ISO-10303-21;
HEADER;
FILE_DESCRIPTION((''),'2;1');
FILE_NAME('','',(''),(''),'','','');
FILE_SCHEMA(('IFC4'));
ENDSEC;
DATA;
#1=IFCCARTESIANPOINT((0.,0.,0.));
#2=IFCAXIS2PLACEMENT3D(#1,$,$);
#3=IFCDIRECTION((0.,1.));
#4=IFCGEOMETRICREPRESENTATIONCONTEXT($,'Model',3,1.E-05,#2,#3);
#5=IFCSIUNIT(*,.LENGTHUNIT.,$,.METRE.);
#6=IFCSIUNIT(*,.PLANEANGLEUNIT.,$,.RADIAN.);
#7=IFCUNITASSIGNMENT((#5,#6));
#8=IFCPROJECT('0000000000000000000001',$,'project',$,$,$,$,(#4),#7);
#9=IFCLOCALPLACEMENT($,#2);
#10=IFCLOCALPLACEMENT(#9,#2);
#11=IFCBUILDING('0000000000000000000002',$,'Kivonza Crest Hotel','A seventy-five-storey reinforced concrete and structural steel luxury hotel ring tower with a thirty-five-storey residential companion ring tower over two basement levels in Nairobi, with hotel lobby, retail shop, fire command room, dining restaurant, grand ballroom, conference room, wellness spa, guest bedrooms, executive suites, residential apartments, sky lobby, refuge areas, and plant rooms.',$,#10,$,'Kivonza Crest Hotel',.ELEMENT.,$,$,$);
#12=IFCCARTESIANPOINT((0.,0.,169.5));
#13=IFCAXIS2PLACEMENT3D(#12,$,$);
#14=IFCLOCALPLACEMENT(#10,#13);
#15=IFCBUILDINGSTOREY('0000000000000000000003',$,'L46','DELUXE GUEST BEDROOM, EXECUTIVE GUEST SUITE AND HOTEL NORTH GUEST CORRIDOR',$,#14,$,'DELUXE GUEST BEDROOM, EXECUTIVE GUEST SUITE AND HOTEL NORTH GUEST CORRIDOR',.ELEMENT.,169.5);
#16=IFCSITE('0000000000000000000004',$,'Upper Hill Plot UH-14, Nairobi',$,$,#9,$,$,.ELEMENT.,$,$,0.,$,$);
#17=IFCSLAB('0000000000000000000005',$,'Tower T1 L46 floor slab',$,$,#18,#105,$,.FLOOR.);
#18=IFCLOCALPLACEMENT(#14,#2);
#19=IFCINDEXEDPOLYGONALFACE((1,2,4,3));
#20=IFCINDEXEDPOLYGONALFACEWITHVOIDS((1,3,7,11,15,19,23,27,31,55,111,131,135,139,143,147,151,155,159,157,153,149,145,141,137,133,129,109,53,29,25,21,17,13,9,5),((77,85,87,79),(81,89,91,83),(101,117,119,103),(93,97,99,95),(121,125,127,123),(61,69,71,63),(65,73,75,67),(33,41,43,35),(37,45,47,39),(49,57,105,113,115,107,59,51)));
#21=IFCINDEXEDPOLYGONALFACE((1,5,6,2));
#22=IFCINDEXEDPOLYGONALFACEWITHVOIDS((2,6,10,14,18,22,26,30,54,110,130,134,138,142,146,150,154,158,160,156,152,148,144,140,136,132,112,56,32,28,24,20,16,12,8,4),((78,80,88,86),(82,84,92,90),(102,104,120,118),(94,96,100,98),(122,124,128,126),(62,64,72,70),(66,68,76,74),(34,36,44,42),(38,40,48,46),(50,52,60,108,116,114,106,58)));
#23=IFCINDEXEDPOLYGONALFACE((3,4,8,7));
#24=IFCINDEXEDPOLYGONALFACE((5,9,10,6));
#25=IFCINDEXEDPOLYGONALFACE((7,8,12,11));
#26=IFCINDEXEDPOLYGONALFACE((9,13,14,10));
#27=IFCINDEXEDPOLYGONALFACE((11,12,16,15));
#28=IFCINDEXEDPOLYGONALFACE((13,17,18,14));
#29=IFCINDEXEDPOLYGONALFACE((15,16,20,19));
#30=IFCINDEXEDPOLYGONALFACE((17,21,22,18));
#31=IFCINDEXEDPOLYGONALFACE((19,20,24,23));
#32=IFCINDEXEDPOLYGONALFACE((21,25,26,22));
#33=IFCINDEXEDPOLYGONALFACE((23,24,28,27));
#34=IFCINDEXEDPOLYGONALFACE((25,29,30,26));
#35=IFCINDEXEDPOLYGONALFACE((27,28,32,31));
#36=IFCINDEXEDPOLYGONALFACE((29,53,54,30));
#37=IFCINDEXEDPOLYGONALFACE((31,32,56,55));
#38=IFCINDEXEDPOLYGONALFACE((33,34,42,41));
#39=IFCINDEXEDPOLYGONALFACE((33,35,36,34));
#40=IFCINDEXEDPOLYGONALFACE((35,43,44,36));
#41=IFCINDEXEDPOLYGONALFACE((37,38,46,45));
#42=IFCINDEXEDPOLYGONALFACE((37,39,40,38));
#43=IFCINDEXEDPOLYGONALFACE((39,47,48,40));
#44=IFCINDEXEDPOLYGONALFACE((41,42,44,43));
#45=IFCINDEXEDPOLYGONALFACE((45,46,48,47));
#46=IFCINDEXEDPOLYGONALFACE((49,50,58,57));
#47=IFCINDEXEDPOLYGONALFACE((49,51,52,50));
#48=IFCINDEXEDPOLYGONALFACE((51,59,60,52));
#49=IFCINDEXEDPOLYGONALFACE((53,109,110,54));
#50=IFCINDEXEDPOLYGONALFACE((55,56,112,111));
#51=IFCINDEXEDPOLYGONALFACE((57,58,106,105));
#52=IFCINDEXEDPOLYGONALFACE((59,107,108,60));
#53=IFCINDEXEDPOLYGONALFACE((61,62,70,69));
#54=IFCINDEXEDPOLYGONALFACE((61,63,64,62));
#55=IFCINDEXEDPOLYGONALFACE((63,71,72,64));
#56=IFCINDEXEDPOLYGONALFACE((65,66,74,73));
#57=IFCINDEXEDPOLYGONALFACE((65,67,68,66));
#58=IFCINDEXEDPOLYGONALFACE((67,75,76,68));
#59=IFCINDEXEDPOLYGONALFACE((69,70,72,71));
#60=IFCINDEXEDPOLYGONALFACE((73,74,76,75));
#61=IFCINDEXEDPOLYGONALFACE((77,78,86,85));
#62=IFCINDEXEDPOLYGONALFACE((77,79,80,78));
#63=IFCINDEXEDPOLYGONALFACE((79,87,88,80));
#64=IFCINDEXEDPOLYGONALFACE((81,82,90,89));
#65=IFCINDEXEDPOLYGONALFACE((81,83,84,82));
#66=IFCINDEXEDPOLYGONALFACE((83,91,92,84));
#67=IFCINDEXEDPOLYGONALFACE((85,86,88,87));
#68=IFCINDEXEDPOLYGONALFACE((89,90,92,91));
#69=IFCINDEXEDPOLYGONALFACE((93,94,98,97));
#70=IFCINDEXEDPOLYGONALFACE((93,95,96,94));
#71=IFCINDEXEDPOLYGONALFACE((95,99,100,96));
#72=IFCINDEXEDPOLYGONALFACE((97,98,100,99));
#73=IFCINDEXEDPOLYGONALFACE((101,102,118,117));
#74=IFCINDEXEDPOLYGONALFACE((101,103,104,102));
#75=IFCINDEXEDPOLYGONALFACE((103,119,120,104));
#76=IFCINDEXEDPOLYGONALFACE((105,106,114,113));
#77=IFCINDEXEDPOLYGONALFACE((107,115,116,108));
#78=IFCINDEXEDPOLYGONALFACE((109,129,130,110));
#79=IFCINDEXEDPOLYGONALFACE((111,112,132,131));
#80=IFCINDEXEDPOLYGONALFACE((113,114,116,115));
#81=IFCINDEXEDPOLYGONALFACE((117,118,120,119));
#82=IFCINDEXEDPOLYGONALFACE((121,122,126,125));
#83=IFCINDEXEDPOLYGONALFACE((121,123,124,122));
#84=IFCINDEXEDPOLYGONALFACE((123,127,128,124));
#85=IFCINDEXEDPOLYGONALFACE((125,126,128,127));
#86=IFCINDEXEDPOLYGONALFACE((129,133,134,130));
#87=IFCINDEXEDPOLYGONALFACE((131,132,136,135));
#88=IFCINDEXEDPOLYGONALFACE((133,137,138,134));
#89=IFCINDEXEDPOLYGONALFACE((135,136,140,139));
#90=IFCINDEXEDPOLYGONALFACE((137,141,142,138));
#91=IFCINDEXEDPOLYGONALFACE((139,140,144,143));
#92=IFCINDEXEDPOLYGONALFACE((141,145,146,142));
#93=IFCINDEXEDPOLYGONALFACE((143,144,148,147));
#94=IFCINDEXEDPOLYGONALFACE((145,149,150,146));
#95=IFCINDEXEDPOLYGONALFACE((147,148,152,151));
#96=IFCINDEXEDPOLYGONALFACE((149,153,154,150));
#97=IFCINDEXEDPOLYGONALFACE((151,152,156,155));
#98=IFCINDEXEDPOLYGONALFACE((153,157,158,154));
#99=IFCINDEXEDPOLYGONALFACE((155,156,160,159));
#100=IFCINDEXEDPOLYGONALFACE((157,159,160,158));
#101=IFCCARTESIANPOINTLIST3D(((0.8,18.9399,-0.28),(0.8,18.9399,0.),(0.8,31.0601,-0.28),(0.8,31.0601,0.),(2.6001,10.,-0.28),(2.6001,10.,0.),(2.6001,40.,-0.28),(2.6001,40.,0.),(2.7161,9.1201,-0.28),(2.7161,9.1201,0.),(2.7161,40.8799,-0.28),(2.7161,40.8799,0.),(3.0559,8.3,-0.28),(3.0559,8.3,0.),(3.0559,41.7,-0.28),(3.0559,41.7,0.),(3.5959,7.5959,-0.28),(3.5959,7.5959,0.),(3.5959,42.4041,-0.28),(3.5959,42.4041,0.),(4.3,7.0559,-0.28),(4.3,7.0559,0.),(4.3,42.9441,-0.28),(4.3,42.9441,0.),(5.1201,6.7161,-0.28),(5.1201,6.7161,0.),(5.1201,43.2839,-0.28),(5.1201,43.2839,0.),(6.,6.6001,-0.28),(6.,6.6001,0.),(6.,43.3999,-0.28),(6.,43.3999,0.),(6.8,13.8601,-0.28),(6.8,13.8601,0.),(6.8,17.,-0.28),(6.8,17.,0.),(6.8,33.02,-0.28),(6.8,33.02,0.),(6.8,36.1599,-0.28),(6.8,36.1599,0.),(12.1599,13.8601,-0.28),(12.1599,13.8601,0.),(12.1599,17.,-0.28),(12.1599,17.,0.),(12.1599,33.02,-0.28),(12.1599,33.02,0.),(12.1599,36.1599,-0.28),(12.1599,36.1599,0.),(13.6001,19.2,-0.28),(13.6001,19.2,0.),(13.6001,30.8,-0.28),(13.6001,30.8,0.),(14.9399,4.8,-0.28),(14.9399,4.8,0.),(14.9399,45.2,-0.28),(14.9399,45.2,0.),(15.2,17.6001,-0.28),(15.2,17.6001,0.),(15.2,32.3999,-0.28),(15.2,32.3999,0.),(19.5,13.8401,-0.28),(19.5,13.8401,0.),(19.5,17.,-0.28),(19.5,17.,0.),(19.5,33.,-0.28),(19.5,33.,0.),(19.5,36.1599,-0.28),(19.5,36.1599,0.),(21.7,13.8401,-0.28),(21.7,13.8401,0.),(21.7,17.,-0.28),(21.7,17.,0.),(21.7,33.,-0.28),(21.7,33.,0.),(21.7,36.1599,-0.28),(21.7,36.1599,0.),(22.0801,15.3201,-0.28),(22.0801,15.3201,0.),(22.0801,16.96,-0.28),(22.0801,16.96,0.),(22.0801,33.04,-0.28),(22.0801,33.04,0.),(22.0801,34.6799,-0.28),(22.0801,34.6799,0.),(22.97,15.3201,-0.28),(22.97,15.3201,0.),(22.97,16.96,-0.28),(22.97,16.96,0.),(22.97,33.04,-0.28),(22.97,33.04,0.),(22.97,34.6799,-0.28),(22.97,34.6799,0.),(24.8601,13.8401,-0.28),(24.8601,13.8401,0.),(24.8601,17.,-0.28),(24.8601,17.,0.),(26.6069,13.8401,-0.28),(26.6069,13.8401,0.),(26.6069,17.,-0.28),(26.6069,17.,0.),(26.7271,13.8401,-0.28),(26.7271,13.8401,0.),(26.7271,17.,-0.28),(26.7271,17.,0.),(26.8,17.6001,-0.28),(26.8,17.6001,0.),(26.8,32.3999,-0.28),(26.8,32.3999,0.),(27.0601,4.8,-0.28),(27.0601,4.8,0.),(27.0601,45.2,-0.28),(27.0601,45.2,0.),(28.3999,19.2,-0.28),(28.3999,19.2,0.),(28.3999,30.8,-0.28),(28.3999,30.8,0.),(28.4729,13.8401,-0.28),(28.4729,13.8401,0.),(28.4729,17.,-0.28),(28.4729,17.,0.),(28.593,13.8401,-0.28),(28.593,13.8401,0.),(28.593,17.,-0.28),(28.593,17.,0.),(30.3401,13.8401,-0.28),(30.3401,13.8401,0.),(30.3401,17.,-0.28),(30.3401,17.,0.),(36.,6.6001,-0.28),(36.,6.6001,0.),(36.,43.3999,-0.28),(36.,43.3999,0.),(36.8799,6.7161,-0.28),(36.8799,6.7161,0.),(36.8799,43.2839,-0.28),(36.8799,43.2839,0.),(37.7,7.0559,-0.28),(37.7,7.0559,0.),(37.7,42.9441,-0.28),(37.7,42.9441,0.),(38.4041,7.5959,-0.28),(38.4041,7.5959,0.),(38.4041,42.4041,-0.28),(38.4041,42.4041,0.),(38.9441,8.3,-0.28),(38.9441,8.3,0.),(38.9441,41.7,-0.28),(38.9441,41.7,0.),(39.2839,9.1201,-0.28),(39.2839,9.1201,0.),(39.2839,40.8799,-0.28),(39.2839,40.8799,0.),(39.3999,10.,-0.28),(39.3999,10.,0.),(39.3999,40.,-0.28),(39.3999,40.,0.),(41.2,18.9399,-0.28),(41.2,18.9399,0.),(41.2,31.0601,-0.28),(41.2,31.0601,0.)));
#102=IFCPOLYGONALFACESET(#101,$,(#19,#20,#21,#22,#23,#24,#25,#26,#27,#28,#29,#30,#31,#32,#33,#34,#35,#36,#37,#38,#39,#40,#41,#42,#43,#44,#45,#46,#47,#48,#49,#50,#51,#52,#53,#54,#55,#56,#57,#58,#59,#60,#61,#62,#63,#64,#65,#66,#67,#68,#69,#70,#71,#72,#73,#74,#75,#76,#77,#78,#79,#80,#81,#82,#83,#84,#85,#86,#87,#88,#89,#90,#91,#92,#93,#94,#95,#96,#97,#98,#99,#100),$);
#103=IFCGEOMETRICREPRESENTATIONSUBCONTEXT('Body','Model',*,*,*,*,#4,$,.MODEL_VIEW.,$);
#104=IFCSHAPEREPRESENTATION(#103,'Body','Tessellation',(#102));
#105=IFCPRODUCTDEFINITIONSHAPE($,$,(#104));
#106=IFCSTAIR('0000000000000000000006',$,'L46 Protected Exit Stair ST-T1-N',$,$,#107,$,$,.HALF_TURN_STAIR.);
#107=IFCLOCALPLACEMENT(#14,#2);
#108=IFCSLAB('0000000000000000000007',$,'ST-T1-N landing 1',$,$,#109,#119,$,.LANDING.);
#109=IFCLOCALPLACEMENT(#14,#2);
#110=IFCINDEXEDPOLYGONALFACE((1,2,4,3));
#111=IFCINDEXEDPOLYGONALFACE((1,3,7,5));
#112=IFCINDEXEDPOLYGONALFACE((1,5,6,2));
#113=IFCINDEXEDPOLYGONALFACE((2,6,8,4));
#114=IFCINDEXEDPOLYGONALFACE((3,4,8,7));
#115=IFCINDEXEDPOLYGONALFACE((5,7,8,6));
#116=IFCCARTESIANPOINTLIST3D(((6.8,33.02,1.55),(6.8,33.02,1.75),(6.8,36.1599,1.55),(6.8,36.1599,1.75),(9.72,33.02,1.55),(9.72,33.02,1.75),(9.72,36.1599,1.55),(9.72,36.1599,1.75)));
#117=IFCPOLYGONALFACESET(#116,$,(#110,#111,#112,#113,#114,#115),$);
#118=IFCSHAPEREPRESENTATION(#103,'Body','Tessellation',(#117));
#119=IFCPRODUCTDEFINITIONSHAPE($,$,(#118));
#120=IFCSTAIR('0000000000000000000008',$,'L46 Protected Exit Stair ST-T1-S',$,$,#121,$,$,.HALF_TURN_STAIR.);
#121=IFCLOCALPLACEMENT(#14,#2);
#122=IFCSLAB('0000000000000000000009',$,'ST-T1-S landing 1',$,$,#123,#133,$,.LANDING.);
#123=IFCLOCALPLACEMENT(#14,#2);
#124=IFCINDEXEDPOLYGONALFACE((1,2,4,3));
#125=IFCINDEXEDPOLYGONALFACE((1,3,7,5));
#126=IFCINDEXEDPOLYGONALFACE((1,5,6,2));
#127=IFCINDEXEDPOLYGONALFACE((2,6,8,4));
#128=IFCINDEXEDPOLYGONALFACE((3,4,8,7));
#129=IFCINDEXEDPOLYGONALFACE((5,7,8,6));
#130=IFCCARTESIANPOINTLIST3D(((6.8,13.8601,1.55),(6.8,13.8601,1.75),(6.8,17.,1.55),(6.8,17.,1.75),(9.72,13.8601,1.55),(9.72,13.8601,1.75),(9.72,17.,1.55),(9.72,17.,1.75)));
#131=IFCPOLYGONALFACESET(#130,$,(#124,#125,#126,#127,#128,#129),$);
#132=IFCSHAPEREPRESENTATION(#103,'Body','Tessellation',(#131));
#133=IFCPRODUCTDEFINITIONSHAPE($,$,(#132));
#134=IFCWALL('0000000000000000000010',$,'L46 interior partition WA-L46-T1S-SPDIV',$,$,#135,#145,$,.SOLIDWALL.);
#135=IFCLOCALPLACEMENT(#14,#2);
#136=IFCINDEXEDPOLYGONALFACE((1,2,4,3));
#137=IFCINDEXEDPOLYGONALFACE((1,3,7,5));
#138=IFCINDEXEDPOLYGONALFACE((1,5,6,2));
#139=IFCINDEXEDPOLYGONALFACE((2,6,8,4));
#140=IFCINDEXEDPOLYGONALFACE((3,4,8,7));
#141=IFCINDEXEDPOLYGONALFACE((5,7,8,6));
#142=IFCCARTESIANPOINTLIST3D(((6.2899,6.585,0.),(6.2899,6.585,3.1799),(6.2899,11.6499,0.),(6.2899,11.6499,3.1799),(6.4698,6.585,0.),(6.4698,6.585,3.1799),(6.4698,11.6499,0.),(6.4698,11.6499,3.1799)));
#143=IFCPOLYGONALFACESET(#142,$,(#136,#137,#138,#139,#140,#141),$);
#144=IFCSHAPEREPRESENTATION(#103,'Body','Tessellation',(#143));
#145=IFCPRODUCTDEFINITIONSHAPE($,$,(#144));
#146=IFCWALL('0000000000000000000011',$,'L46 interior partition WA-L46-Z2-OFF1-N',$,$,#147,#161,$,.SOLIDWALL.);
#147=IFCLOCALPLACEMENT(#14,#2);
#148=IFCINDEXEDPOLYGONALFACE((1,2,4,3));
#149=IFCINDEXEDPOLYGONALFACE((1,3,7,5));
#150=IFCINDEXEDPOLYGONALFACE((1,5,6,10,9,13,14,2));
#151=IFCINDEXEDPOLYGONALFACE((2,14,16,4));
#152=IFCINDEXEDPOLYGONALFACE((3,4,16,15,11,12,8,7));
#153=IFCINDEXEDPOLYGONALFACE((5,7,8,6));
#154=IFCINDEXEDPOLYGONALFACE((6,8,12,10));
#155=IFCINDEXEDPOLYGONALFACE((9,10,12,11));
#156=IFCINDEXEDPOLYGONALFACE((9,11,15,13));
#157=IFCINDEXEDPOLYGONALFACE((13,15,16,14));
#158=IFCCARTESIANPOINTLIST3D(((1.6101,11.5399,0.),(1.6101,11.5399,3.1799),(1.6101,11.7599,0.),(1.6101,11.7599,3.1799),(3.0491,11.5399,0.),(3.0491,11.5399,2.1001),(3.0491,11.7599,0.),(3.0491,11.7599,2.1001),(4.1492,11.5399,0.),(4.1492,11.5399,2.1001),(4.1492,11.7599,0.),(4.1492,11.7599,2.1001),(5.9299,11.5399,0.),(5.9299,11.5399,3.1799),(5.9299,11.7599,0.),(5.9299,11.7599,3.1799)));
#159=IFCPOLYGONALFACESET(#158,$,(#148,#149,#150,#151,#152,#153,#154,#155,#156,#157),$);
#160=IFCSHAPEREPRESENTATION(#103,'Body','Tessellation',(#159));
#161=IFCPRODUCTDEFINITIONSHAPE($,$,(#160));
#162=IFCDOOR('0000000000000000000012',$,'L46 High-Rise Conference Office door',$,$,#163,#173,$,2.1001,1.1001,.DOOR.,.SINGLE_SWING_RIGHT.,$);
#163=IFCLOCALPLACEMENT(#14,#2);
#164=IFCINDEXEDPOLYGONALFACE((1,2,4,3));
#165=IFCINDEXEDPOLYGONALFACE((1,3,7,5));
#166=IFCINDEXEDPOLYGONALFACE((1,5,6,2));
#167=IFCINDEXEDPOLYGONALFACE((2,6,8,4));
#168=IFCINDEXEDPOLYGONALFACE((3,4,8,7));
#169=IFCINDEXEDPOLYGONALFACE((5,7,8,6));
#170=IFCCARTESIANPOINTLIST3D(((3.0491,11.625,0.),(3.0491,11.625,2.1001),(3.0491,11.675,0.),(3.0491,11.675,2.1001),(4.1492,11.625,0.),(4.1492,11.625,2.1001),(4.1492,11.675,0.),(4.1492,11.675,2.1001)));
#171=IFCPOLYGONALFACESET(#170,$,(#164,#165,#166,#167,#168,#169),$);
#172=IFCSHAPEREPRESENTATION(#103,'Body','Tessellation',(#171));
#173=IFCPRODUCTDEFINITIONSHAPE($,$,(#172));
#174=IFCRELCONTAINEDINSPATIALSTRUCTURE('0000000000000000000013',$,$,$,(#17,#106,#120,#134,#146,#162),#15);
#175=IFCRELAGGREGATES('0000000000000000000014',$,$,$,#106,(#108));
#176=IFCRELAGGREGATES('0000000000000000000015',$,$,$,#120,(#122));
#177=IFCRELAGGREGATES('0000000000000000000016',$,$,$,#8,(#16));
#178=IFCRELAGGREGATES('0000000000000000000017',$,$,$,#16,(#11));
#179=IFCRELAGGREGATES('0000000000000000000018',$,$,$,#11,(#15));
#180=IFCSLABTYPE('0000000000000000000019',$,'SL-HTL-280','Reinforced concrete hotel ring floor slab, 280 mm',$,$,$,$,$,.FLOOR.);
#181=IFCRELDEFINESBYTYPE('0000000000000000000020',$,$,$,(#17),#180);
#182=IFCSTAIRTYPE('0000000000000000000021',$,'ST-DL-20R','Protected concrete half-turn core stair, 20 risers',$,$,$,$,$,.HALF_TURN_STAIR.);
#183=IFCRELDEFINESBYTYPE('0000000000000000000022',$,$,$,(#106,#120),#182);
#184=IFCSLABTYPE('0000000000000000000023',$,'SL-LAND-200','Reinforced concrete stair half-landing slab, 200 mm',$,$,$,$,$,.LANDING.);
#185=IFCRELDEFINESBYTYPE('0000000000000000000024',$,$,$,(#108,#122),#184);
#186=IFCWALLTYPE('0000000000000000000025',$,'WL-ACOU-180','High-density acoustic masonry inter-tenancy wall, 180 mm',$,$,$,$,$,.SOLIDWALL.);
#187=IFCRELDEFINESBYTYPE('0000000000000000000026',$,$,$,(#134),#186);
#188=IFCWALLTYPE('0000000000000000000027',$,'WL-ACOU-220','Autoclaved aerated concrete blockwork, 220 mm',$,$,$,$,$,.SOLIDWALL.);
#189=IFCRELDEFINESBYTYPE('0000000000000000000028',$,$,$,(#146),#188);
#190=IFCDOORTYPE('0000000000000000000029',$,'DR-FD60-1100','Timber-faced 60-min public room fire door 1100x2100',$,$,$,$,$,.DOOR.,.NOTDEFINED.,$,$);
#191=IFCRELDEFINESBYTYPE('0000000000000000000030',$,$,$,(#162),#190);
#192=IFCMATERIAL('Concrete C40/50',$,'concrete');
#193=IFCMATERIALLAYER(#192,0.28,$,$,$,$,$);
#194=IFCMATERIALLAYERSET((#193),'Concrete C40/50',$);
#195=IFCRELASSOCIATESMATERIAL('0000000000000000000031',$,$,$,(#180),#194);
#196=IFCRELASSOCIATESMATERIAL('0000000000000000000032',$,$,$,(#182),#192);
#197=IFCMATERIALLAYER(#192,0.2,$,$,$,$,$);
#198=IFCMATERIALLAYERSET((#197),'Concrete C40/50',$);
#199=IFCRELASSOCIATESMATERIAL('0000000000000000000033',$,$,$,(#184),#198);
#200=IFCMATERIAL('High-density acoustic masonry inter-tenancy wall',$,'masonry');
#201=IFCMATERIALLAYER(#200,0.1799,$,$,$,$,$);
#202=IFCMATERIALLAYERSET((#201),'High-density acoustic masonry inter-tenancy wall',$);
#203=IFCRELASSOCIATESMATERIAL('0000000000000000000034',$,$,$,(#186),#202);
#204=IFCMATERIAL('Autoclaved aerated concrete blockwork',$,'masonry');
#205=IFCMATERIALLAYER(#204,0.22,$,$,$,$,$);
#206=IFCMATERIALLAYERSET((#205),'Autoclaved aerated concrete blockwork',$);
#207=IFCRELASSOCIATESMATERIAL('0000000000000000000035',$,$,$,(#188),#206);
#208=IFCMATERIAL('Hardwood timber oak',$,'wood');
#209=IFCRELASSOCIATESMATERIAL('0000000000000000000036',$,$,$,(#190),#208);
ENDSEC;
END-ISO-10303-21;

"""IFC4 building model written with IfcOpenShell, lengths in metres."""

from ifc_helpers import new_model, si_unit, direction, frame, frame_2d, origin, place, context, subcontext, project, spatial, polyline, rectangle, outline, extrude, material, layer, layer_set, type_object, element, fill, aggregate, save


model = new_model("IFC4")

# Units and contexts
model_context = context("Model", 3, precision=1e-05, world=origin(), true_north=direction((0.0, 1.0)))
body_context = subcontext(model_context, "Body", "Model", "MODEL_VIEW")
ifc_project = project(units=[si_unit("LENGTHUNIT", "METRE"), si_unit("PLANEANGLEUNIT", "RADIAN")], contexts=[model_context])

# Site, building, storey
site_placement = place(None, origin())
site = spatial("IfcSite", under=ifc_project, at=site_placement, Name="Upper Hill Plot UH-14, Nairobi", CompositionType="ELEMENT", RefElevation=0.0)
building_placement = place(site_placement, origin())
building = spatial("IfcBuilding", under=site, at=building_placement, Name="Kivonza Crest Hotel", Description="A seventy-five-storey reinforced concrete and structural steel luxury hotel ring tower with a thirty-five-storey residential companion ring tower over two basement levels in Nairobi, with hotel lobby, retail shop, fire command room, dining restaurant, grand ballroom, conference room, wellness spa, guest bedrooms, executive suites, residential apartments, sky lobby, refuge areas, and plant rooms.", LongName="Kivonza Crest Hotel", CompositionType="ELEMENT")
storey_placement = place(building_placement, frame((0.0, 0.0, 169.5)))
storey = spatial("IfcBuildingStorey", under=building, at=storey_placement, Name="L46", Description="DELUXE GUEST BEDROOM, EXECUTIVE GUEST SUITE AND HOTEL NORTH GUEST CORRIDOR", LongName="DELUXE GUEST BEDROOM, EXECUTIVE GUEST SUITE AND HOTEL NORTH GUEST CORRIDOR", CompositionType="ELEMENT", Elevation=169.5)

# Slab
ifc_material_1 = material(Name="Concrete C40/50", Category="concrete")
ifc_layer_1 = layer(ifc_material_1, 0.28)
ifc_layer_set_1 = layer_set([ifc_layer_1], Name="Concrete C40/50")
slab_type_1 = type_object("IfcSlabType", Name="SL-HTL-280", Description="Reinforced concrete hotel ring floor slab, 280 mm", PredefinedType="FLOOR", material=ifc_layer_set_1)
slab_1_placement = place(storey_placement, frame((0.0, 0.0, -0.28)))
element("IfcSlab", 1, at=slab_1_placement, inside=storey, type_object=slab_type_1, Name="Tower T1 L46 floor slab", PredefinedType="FLOOR", context=body_context, shape_type="SweptSolid", body=[
    extrude(outline(polyline([(2.6001, 10.0), (2.7161, 9.1201), (3.0559, 8.3), (3.5959, 7.5959), (4.3, 7.0559), (5.1201, 6.7161), (6.0, 6.6001), (14.9399, 4.8), (27.0601, 4.8), (36.0, 6.6001), (36.8799, 6.7161), (37.7, 7.0559), (38.4041, 7.5959), (38.9441, 8.3), (39.2839, 9.1201), (39.3999, 10.0), (41.2, 18.9399), (41.2, 31.0601), (39.3999, 40.0), (39.2839, 40.8799), (38.9441, 41.7), (38.4041, 42.4041), (37.7, 42.9441), (36.8799, 43.2839), (36.0, 43.3999), (27.0601, 45.2), (14.9399, 45.2), (6.0, 43.3999), (5.1201, 43.2839), (4.3, 42.9441), (3.5959, 42.4041), (3.0559, 41.7), (2.7161, 40.8799), (2.6001, 40.0), (0.8, 31.0601), (0.8, 18.9399), (2.6001, 10.0)]), holes=[polyline([(15.2, 17.6001), (26.8, 17.6001), (28.3999, 19.2), (28.3999, 30.8), (26.8, 32.3999), (15.2, 32.3999), (13.6001, 30.8), (13.6001, 19.2), (15.2, 17.6001)]), polyline([(6.8, 33.02), (12.1599, 33.02), (12.1599, 36.1599), (6.8, 36.1599), (6.8, 33.02)]), polyline([(6.8, 13.8601), (12.1599, 13.8601), (12.1599, 17.0), (6.8, 17.0), (6.8, 13.8601)]), polyline([(22.0801, 33.04), (22.97, 33.04), (22.97, 34.6799), (22.0801, 34.6799), (22.0801, 33.04)]), polyline([(22.0801, 15.3201), (22.97, 15.3201), (22.97, 16.96), (22.0801, 16.96), (22.0801, 15.3201)]), polyline([(19.5, 33.0), (21.7, 33.0), (21.7, 36.1599), (19.5, 36.1599), (19.5, 33.0)]), polyline([(19.5, 13.8401), (21.7, 13.8401), (21.7, 17.0), (19.5, 17.0), (19.5, 13.8401)]), polyline([(24.8601, 13.8401), (26.6069, 13.8401), (26.6069, 17.0), (24.8601, 17.0), (24.8601, 13.8401)]), polyline([(26.7271, 13.8401), (28.4729, 13.8401), (28.4729, 17.0), (26.7271, 17.0), (26.7271, 13.8401)]), polyline([(28.593, 13.8401), (30.3401, 13.8401), (30.3401, 17.0), (28.593, 17.0), (28.593, 13.8401)])]), origin(), (0.0, 0.0, 1.0), 0.28),
])

# Stairs, slabs
stair_type = type_object("IfcStairType", Name="ST-DL-20R", Description="Protected concrete half-turn core stair, 20 risers", PredefinedType="HALF_TURN_STAIR", material=ifc_material_1)
stair_1_placement = place(storey_placement, origin())
stair_1 = element("IfcStair", 2, at=stair_1_placement, inside=storey, type_object=stair_type, Name="L46 Protected Exit Stair ST-T1-N", PredefinedType="HALF_TURN_STAIR")
ifc_layer_2 = layer(ifc_material_1, 0.2)
ifc_layer_set_2 = layer_set([ifc_layer_2], Name="Concrete C40/50")
slab_type_2 = type_object("IfcSlabType", Name="SL-LAND-200", Description="Reinforced concrete stair half-landing slab, 200 mm", PredefinedType="LANDING", material=ifc_layer_set_2)
slab_2_placement = place(storey_placement, frame((0.0, 0.0, 1.55)))
slab_2 = element("IfcSlab", 3, at=slab_2_placement, type_object=slab_type_2, Name="ST-T1-N landing 1", PredefinedType="LANDING", context=body_context, shape_type="SweptSolid", body=[
    extrude(outline(polyline([(9.72, 36.1599), (6.8, 36.1599), (6.8, 33.02), (9.72, 33.02), (9.72, 36.1599)])), origin(), (0.0, 0.0, 1.0), 0.2),
])
aggregate(stair_1, [slab_2])
stair_2_placement = place(storey_placement, origin())
stair_2 = element("IfcStair", 4, at=stair_2_placement, inside=storey, type_object=stair_type, Name="L46 Protected Exit Stair ST-T1-S", PredefinedType="HALF_TURN_STAIR")
slab_3_placement = place(storey_placement, frame((0.0, 0.0, 1.55)))
slab_3 = element("IfcSlab", 5, at=slab_3_placement, type_object=slab_type_2, Name="ST-T1-S landing 1", PredefinedType="LANDING", context=body_context, shape_type="SweptSolid", body=[
    extrude(outline(polyline([(9.72, 17.0), (6.8, 17.0), (6.8, 13.8601), (9.72, 13.8601), (9.72, 17.0)])), origin(), (0.0, 0.0, 1.0), 0.2),
])
aggregate(stair_2, [slab_3])

# Wall
ifc_material_2 = material(Name="High-density acoustic masonry inter-tenancy wall", Category="masonry")
ifc_layer_3 = layer(ifc_material_2, 0.1799)
ifc_layer_set_3 = layer_set([ifc_layer_3], Name="High-density acoustic masonry inter-tenancy wall")
wall_type_1 = type_object("IfcWallType", Name="WL-ACOU-180", Description="High-density acoustic masonry inter-tenancy wall, 180 mm", PredefinedType="SOLIDWALL", material=ifc_layer_set_3)
wall_1_placement = place(storey_placement, frame((6.3799, 6.585, 0.0), z_axis=(0.0, 0.0, 1.0), x_axis=(0.0, 1.0, 0.0)))
element("IfcWall", 6, at=wall_1_placement, inside=storey, type_object=wall_type_1, Name="L46 interior partition WA-L46-T1S-SPDIV", PredefinedType="SOLIDWALL", context=body_context, shape_type="SweptSolid", body=[
    extrude(rectangle(XDim=5.0649, YDim=0.1799, at=frame_2d((2.5325, 0.0))), origin(), (0.0, 0.0, 1.0), 3.1799),
])

# Wall, opening, door
ifc_material_3 = material(Name="Autoclaved aerated concrete blockwork", Category="masonry")
ifc_layer_4 = layer(ifc_material_3, 0.22)
ifc_layer_set_4 = layer_set([ifc_layer_4], Name="Autoclaved aerated concrete blockwork")
wall_type_2 = type_object("IfcWallType", Name="WL-ACOU-220", Description="Autoclaved aerated concrete blockwork, 220 mm", PredefinedType="SOLIDWALL", material=ifc_layer_set_4)
wall_2_placement = place(storey_placement, frame((1.6101, 11.6499, 0.0), z_axis=(0.0, 0.0, 1.0), x_axis=(1.0, 0.0, 0.0)))
wall_2 = element("IfcWall", 7, at=wall_2_placement, inside=storey, type_object=wall_type_2, Name="L46 interior partition WA-L46-Z2-OFF1-N", PredefinedType="SOLIDWALL", context=body_context, shape_type="SweptSolid", body=[
    extrude(rectangle(XDim=4.3198, YDim=0.22, at=frame_2d((2.1599, 0.0))), origin(), (0.0, 0.0, 1.0), 3.1799),
])
opening_1_placement = place(wall_2_placement, frame((1.439, 0.0, 0.0)))
opening_1 = element("IfcOpeningElement", 8, at=opening_1_placement, cuts=wall_2, PredefinedType="OPENING", context=body_context, shape_type="SweptSolid", body=[
    extrude(rectangle(XDim=1.1001, YDim=2.1001, at=frame_2d((0.55, 1.05))), frame((0.0, 0.1201, 0.0), z_axis=(0.0, -1.0, 0.0), x_axis=(1.0, 0.0, 0.0)), (0.0, 0.0, 1.0), 0.24),
])
ifc_material_4 = material(Name="Hardwood timber oak", Category="wood")
door_type = type_object("IfcDoorType", Name="DR-FD60-1100", Description="Timber-faced 60-min public room fire door 1100x2100", OperationType="NOTDEFINED", PredefinedType="DOOR", material=ifc_material_4)
door_1_placement = place(opening_1_placement, frame((1.1001, 0.0, 0.0), z_axis=(0.0, 0.0, 1.0), x_axis=(-1.0, 0.0, 0.0)))
door_1 = element("IfcDoor", 9, at=door_1_placement, inside=storey, type_object=door_type, Name="L46 High-Rise Conference Office door", OperationType="SINGLE_SWING_RIGHT", OverallHeight=2.1001, OverallWidth=1.1001, PredefinedType="DOOR", context=body_context, shape_type="SweptSolid", body=[
    extrude(rectangle(XDim=1.1001, YDim=2.1001, at=frame_2d((0.55, 1.05))), frame((0.0, 0.0249, 0.0), z_axis=(0.0, -1.0, 0.0), x_axis=(1.0, 0.0, 0.0)), (0.0, 0.0, 1.0), 0.05),
])
fill(opening_1, door_1)

save(model, "model.ifc")
